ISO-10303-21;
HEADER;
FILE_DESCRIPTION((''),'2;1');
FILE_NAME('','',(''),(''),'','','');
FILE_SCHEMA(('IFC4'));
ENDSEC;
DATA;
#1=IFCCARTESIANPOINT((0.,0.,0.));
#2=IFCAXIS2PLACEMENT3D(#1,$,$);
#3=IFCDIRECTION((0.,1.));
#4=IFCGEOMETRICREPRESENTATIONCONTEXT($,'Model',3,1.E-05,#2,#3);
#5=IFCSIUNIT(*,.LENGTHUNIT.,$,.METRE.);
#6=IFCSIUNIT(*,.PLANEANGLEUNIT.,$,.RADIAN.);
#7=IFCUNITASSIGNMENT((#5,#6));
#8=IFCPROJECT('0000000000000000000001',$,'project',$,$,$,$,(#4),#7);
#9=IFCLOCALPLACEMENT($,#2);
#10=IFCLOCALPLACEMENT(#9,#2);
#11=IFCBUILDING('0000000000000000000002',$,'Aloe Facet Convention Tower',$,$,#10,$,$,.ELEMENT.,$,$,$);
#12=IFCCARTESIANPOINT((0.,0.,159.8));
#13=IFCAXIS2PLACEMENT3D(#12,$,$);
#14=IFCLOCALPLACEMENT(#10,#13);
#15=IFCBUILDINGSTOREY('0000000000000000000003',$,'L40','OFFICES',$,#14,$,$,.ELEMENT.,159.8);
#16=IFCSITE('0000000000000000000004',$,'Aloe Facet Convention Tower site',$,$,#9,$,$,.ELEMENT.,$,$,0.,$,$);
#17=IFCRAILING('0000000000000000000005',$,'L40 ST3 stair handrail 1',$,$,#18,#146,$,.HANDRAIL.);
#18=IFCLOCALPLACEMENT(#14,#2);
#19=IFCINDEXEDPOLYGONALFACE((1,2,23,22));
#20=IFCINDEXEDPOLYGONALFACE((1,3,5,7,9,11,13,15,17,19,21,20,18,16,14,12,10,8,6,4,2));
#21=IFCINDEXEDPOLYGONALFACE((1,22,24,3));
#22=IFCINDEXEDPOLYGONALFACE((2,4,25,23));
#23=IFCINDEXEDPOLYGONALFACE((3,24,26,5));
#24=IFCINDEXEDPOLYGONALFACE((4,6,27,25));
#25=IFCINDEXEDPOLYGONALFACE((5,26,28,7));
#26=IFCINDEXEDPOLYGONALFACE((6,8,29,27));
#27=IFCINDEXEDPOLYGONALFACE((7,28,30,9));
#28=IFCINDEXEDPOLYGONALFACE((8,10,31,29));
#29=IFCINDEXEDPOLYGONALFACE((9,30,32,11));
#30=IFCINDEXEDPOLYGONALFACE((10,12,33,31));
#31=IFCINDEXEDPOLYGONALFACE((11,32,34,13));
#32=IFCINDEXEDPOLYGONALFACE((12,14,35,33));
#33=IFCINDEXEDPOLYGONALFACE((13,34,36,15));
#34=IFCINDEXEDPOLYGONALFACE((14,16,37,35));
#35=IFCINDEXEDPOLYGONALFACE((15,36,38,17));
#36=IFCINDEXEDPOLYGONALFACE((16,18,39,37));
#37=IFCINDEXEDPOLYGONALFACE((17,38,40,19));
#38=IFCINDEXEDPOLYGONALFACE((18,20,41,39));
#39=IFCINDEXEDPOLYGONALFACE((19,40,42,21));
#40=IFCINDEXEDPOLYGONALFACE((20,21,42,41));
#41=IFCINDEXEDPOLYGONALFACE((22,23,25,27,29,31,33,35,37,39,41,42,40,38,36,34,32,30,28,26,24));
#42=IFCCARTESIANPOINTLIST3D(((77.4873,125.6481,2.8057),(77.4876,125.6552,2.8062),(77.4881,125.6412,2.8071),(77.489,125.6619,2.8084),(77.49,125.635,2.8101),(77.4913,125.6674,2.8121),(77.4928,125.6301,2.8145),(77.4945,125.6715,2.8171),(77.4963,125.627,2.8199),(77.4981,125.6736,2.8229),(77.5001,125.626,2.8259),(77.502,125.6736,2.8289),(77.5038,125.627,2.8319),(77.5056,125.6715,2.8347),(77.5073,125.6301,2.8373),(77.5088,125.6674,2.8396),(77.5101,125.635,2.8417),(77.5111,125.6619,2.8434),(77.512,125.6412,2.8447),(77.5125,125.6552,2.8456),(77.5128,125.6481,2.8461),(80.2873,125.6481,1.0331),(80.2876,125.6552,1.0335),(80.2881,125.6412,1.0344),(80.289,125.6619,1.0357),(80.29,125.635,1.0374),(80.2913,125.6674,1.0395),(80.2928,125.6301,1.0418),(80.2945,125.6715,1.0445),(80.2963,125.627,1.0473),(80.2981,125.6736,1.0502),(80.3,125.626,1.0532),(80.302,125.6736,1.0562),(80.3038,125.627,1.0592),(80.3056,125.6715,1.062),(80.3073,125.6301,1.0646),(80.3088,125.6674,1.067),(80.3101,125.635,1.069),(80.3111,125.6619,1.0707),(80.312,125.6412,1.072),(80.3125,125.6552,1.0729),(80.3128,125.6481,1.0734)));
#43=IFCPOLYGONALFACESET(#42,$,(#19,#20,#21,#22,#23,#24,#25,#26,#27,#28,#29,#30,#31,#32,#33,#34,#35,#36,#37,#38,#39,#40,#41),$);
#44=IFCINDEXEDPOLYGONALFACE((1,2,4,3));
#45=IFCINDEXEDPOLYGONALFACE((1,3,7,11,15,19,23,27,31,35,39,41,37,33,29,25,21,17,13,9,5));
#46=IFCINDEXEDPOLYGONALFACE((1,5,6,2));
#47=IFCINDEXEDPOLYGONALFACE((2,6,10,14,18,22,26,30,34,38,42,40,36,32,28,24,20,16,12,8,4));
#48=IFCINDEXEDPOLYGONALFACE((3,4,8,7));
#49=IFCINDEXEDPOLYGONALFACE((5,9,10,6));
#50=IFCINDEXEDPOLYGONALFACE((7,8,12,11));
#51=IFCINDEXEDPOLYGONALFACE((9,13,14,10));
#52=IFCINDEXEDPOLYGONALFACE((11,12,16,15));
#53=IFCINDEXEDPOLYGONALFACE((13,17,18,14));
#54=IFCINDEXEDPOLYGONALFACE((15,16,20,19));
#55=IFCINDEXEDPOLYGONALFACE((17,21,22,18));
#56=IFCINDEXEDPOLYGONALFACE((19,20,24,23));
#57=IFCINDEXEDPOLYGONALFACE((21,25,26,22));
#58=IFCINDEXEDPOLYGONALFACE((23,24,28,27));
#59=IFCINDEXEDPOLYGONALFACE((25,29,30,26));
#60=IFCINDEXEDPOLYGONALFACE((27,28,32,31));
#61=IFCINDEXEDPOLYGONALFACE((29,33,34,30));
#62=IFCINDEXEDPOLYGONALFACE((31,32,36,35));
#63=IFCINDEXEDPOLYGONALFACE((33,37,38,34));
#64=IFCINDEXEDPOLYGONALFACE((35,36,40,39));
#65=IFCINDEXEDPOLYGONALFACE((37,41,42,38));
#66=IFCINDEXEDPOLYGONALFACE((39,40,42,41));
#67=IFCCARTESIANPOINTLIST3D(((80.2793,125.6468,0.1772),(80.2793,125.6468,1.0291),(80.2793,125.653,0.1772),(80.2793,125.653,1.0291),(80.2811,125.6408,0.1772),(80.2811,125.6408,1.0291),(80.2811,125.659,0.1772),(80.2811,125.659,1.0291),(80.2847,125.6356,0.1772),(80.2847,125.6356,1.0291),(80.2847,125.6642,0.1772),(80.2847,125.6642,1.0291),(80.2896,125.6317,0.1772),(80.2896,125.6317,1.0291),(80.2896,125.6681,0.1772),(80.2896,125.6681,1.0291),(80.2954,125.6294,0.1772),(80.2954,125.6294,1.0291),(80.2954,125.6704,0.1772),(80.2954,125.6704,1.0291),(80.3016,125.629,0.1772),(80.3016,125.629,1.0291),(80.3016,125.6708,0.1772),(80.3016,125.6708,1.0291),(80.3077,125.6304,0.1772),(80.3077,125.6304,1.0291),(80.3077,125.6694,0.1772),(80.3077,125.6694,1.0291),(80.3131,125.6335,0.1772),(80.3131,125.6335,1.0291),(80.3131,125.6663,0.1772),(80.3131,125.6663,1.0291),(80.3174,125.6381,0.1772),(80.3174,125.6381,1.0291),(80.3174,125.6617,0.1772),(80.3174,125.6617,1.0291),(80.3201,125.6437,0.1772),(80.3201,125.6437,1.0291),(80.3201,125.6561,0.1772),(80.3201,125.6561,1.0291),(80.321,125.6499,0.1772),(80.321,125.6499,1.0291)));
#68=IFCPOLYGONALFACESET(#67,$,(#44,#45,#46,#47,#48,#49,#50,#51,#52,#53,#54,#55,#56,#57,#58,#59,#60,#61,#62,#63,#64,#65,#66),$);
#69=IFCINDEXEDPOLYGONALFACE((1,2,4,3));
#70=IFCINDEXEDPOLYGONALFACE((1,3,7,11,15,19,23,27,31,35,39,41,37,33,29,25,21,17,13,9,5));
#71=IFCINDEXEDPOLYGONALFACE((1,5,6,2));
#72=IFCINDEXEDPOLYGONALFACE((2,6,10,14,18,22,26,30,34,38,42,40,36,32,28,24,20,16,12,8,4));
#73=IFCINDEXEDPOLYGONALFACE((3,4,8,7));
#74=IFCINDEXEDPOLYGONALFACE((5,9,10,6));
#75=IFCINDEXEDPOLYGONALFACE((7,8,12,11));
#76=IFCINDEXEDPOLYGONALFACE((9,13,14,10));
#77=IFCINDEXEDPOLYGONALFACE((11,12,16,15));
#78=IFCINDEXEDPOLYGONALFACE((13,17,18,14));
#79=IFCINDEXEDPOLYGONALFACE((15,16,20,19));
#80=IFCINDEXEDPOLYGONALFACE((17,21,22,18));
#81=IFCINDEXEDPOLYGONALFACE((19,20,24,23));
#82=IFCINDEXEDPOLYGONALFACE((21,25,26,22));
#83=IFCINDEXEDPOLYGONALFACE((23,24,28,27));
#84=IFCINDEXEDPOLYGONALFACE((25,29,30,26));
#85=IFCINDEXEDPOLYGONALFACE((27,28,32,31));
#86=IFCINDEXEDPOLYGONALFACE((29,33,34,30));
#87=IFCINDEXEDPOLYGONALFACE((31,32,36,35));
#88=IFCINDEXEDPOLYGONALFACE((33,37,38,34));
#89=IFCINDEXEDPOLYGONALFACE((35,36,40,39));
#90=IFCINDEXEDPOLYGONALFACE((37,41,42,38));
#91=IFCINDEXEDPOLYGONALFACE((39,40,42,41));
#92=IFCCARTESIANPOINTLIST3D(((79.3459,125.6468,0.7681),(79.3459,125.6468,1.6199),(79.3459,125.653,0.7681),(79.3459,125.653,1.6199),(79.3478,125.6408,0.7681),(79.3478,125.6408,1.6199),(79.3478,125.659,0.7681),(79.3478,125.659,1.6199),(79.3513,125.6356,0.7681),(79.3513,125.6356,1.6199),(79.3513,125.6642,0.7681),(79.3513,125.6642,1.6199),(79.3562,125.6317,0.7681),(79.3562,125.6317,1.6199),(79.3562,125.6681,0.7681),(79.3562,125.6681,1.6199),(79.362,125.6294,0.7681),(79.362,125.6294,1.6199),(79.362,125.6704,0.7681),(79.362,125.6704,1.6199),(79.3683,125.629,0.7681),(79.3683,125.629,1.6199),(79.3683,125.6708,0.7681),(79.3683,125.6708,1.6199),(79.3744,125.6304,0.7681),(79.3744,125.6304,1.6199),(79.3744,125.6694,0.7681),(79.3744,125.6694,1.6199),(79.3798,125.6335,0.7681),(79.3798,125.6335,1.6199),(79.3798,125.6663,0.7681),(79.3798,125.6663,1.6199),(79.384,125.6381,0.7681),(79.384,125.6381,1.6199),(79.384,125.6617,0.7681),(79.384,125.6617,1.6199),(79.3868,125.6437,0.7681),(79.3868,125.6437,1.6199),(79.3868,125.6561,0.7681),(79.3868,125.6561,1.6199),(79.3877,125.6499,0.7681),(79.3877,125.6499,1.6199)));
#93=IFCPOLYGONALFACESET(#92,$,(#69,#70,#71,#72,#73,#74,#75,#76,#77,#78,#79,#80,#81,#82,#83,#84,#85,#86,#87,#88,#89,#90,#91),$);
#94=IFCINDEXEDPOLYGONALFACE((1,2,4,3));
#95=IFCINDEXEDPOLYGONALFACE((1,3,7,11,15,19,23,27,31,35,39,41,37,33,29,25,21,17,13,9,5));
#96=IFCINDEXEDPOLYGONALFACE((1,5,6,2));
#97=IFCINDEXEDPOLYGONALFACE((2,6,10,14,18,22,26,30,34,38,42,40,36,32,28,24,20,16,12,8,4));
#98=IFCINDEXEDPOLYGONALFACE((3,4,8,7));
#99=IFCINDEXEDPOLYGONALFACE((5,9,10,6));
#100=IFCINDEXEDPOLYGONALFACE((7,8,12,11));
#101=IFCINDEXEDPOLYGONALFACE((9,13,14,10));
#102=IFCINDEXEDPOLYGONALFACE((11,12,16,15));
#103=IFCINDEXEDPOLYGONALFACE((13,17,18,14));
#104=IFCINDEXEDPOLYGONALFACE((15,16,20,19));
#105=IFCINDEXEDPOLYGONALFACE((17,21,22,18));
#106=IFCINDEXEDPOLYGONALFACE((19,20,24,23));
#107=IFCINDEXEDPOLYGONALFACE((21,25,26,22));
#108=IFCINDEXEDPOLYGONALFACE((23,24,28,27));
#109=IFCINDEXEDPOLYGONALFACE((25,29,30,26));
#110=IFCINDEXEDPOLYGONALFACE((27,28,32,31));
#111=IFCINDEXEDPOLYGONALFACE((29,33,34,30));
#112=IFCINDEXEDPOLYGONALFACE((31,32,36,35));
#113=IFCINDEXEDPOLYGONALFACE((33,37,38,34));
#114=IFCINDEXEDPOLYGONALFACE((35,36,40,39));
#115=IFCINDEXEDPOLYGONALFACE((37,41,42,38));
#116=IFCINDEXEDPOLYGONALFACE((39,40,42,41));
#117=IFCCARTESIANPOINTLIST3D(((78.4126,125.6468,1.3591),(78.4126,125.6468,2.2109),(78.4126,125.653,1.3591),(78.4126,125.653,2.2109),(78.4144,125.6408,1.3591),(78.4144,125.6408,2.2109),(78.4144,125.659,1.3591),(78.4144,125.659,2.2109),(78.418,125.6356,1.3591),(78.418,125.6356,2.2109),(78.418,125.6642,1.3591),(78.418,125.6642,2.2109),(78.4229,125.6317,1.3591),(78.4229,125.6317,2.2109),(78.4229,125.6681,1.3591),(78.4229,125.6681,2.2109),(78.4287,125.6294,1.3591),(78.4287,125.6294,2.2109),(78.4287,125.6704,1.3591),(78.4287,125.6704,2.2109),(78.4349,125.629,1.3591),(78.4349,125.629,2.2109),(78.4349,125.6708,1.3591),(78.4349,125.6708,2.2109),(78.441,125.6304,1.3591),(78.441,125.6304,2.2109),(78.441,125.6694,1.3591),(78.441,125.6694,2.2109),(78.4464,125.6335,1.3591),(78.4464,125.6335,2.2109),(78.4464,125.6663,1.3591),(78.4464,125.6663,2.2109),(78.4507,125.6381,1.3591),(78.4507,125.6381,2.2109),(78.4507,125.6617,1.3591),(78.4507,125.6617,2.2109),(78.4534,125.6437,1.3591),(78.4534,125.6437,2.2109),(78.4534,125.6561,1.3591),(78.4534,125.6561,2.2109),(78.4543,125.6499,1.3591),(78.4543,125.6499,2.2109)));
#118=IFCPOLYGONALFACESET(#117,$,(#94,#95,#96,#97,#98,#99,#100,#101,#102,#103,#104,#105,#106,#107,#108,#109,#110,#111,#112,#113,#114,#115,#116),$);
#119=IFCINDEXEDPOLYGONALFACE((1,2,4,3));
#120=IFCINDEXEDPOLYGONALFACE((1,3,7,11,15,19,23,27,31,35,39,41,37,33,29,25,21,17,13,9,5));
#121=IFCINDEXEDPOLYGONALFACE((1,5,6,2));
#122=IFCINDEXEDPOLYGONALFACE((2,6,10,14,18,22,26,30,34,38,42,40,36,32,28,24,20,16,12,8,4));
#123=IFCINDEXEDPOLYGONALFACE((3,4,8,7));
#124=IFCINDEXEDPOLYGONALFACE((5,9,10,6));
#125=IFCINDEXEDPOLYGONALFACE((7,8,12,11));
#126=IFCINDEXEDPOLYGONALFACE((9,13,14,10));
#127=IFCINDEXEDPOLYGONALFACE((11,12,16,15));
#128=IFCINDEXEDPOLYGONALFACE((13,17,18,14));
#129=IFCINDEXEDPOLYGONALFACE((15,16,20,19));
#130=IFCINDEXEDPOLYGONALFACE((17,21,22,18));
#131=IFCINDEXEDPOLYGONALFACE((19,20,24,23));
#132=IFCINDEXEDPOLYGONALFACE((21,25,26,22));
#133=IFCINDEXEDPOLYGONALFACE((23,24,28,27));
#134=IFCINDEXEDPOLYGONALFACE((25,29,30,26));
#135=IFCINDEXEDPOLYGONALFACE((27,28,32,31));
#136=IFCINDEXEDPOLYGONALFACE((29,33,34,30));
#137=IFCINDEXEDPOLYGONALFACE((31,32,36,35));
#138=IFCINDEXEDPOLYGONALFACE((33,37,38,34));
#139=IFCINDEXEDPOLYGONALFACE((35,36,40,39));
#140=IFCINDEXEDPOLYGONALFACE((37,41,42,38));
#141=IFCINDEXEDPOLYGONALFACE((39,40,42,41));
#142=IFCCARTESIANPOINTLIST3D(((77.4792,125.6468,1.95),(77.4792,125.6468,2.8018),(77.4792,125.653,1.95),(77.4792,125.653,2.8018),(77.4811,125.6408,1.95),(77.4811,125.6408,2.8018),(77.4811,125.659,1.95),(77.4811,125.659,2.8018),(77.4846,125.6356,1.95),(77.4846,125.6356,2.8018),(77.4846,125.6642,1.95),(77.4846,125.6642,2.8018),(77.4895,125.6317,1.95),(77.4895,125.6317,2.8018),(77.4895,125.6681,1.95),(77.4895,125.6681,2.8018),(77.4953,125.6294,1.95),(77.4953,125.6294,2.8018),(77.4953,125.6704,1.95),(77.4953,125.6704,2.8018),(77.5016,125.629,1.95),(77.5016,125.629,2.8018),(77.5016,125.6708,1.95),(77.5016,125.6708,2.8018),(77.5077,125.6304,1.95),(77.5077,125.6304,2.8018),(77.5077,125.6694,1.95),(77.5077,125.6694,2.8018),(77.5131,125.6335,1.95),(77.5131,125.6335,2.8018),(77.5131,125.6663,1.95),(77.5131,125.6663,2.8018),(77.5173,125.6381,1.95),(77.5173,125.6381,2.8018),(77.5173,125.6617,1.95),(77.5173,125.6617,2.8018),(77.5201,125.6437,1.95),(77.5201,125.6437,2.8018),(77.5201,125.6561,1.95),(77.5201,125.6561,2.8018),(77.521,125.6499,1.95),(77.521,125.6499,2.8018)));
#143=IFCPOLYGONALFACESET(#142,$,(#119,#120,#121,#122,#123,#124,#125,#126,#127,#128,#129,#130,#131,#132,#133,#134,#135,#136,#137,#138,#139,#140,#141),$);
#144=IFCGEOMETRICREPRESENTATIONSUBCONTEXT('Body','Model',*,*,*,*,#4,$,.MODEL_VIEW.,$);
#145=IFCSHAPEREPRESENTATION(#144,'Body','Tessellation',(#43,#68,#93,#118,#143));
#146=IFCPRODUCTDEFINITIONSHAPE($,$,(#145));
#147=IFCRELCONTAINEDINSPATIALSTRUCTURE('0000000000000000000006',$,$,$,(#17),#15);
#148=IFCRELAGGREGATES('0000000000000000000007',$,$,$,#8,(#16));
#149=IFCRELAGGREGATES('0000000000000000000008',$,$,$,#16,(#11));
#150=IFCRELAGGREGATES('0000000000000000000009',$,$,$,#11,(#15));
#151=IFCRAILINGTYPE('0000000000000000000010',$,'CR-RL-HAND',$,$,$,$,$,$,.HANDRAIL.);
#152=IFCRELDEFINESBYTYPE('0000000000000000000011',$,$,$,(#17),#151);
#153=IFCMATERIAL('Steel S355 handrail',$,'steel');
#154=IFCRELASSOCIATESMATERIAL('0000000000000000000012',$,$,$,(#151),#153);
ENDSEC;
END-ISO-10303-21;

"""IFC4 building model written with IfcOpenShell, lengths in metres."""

from ifc_helpers import new_model, si_unit, direction, frame, origin, origin_2d, place, context, subcontext, project, spatial, circle, extrude, material, type_object, element, save


model = new_model("IFC4")

# Units and contexts
model_context = context("Model", 3, precision=1e-05, world=origin(), true_north=direction((0.0, 1.0)))
body_context = subcontext(model_context, "Body", "Model", "MODEL_VIEW")
ifc_project = project(units=[si_unit("LENGTHUNIT", "METRE"), si_unit("PLANEANGLEUNIT", "RADIAN")], contexts=[model_context])

# Site, building, storey
site_placement = place(None, origin())
site = spatial("IfcSite", under=ifc_project, at=site_placement, Name="Aloe Facet Convention Tower site", CompositionType="ELEMENT", RefElevation=0.0)
building_placement = place(site_placement, origin())
building = spatial("IfcBuilding", under=site, at=building_placement, Name="Aloe Facet Convention Tower", CompositionType="ELEMENT")
storey_placement = place(building_placement, frame((0.0, 0.0, 159.8)))
storey = spatial("IfcBuildingStorey", under=building, at=storey_placement, Name="L40", Description="OFFICES", CompositionType="ELEMENT", Elevation=159.8)

# Railing
ifc_material_1 = material(Name="Steel S355 handrail", Category="steel")
railing_type_1 = type_object("IfcRailingType", Name="CR-RL-HAND", PredefinedType="HANDRAIL", material=ifc_material_1)
railing_1_placement = place(storey_placement, frame((80.3, 125.6499, 0.1772)))
element("IfcRailing", 1, at=railing_1_placement, inside=storey, type_object=railing_type_1, Name="L40 ST3 stair handrail 1", PredefinedType="HANDRAIL", context=body_context, shape_type="SweptSolid", body=[
    extrude(circle(Radius=0.0239, at=origin_2d()), frame((0.0, 0.0, 0.876), z_axis=(-0.844909, 0.0, 0.53491), x_axis=(0.0, -1.0, 0.0)), (0.0, 0.0, 1.0), 3.314),
    extrude(circle(Radius=0.021, at=origin_2d()), origin(), (0.0, 0.0, 1.0), 0.8518),
    extrude(circle(Radius=0.021, at=origin_2d()), frame((-0.9333, 0.0, 0.5908)), (0.0, 0.0, 1.0), 0.8518),
    extrude(circle(Radius=0.021, at=origin_2d()), frame((-1.8667, 0.0, 1.1819)), (0.0, 0.0, 1.0), 0.8518),
    extrude(circle(Radius=0.021, at=origin_2d()), frame((-2.8, 0.0, 1.7727)), (0.0, 0.0, 1.0), 0.8518),
])

save(model, "model.ifc")
